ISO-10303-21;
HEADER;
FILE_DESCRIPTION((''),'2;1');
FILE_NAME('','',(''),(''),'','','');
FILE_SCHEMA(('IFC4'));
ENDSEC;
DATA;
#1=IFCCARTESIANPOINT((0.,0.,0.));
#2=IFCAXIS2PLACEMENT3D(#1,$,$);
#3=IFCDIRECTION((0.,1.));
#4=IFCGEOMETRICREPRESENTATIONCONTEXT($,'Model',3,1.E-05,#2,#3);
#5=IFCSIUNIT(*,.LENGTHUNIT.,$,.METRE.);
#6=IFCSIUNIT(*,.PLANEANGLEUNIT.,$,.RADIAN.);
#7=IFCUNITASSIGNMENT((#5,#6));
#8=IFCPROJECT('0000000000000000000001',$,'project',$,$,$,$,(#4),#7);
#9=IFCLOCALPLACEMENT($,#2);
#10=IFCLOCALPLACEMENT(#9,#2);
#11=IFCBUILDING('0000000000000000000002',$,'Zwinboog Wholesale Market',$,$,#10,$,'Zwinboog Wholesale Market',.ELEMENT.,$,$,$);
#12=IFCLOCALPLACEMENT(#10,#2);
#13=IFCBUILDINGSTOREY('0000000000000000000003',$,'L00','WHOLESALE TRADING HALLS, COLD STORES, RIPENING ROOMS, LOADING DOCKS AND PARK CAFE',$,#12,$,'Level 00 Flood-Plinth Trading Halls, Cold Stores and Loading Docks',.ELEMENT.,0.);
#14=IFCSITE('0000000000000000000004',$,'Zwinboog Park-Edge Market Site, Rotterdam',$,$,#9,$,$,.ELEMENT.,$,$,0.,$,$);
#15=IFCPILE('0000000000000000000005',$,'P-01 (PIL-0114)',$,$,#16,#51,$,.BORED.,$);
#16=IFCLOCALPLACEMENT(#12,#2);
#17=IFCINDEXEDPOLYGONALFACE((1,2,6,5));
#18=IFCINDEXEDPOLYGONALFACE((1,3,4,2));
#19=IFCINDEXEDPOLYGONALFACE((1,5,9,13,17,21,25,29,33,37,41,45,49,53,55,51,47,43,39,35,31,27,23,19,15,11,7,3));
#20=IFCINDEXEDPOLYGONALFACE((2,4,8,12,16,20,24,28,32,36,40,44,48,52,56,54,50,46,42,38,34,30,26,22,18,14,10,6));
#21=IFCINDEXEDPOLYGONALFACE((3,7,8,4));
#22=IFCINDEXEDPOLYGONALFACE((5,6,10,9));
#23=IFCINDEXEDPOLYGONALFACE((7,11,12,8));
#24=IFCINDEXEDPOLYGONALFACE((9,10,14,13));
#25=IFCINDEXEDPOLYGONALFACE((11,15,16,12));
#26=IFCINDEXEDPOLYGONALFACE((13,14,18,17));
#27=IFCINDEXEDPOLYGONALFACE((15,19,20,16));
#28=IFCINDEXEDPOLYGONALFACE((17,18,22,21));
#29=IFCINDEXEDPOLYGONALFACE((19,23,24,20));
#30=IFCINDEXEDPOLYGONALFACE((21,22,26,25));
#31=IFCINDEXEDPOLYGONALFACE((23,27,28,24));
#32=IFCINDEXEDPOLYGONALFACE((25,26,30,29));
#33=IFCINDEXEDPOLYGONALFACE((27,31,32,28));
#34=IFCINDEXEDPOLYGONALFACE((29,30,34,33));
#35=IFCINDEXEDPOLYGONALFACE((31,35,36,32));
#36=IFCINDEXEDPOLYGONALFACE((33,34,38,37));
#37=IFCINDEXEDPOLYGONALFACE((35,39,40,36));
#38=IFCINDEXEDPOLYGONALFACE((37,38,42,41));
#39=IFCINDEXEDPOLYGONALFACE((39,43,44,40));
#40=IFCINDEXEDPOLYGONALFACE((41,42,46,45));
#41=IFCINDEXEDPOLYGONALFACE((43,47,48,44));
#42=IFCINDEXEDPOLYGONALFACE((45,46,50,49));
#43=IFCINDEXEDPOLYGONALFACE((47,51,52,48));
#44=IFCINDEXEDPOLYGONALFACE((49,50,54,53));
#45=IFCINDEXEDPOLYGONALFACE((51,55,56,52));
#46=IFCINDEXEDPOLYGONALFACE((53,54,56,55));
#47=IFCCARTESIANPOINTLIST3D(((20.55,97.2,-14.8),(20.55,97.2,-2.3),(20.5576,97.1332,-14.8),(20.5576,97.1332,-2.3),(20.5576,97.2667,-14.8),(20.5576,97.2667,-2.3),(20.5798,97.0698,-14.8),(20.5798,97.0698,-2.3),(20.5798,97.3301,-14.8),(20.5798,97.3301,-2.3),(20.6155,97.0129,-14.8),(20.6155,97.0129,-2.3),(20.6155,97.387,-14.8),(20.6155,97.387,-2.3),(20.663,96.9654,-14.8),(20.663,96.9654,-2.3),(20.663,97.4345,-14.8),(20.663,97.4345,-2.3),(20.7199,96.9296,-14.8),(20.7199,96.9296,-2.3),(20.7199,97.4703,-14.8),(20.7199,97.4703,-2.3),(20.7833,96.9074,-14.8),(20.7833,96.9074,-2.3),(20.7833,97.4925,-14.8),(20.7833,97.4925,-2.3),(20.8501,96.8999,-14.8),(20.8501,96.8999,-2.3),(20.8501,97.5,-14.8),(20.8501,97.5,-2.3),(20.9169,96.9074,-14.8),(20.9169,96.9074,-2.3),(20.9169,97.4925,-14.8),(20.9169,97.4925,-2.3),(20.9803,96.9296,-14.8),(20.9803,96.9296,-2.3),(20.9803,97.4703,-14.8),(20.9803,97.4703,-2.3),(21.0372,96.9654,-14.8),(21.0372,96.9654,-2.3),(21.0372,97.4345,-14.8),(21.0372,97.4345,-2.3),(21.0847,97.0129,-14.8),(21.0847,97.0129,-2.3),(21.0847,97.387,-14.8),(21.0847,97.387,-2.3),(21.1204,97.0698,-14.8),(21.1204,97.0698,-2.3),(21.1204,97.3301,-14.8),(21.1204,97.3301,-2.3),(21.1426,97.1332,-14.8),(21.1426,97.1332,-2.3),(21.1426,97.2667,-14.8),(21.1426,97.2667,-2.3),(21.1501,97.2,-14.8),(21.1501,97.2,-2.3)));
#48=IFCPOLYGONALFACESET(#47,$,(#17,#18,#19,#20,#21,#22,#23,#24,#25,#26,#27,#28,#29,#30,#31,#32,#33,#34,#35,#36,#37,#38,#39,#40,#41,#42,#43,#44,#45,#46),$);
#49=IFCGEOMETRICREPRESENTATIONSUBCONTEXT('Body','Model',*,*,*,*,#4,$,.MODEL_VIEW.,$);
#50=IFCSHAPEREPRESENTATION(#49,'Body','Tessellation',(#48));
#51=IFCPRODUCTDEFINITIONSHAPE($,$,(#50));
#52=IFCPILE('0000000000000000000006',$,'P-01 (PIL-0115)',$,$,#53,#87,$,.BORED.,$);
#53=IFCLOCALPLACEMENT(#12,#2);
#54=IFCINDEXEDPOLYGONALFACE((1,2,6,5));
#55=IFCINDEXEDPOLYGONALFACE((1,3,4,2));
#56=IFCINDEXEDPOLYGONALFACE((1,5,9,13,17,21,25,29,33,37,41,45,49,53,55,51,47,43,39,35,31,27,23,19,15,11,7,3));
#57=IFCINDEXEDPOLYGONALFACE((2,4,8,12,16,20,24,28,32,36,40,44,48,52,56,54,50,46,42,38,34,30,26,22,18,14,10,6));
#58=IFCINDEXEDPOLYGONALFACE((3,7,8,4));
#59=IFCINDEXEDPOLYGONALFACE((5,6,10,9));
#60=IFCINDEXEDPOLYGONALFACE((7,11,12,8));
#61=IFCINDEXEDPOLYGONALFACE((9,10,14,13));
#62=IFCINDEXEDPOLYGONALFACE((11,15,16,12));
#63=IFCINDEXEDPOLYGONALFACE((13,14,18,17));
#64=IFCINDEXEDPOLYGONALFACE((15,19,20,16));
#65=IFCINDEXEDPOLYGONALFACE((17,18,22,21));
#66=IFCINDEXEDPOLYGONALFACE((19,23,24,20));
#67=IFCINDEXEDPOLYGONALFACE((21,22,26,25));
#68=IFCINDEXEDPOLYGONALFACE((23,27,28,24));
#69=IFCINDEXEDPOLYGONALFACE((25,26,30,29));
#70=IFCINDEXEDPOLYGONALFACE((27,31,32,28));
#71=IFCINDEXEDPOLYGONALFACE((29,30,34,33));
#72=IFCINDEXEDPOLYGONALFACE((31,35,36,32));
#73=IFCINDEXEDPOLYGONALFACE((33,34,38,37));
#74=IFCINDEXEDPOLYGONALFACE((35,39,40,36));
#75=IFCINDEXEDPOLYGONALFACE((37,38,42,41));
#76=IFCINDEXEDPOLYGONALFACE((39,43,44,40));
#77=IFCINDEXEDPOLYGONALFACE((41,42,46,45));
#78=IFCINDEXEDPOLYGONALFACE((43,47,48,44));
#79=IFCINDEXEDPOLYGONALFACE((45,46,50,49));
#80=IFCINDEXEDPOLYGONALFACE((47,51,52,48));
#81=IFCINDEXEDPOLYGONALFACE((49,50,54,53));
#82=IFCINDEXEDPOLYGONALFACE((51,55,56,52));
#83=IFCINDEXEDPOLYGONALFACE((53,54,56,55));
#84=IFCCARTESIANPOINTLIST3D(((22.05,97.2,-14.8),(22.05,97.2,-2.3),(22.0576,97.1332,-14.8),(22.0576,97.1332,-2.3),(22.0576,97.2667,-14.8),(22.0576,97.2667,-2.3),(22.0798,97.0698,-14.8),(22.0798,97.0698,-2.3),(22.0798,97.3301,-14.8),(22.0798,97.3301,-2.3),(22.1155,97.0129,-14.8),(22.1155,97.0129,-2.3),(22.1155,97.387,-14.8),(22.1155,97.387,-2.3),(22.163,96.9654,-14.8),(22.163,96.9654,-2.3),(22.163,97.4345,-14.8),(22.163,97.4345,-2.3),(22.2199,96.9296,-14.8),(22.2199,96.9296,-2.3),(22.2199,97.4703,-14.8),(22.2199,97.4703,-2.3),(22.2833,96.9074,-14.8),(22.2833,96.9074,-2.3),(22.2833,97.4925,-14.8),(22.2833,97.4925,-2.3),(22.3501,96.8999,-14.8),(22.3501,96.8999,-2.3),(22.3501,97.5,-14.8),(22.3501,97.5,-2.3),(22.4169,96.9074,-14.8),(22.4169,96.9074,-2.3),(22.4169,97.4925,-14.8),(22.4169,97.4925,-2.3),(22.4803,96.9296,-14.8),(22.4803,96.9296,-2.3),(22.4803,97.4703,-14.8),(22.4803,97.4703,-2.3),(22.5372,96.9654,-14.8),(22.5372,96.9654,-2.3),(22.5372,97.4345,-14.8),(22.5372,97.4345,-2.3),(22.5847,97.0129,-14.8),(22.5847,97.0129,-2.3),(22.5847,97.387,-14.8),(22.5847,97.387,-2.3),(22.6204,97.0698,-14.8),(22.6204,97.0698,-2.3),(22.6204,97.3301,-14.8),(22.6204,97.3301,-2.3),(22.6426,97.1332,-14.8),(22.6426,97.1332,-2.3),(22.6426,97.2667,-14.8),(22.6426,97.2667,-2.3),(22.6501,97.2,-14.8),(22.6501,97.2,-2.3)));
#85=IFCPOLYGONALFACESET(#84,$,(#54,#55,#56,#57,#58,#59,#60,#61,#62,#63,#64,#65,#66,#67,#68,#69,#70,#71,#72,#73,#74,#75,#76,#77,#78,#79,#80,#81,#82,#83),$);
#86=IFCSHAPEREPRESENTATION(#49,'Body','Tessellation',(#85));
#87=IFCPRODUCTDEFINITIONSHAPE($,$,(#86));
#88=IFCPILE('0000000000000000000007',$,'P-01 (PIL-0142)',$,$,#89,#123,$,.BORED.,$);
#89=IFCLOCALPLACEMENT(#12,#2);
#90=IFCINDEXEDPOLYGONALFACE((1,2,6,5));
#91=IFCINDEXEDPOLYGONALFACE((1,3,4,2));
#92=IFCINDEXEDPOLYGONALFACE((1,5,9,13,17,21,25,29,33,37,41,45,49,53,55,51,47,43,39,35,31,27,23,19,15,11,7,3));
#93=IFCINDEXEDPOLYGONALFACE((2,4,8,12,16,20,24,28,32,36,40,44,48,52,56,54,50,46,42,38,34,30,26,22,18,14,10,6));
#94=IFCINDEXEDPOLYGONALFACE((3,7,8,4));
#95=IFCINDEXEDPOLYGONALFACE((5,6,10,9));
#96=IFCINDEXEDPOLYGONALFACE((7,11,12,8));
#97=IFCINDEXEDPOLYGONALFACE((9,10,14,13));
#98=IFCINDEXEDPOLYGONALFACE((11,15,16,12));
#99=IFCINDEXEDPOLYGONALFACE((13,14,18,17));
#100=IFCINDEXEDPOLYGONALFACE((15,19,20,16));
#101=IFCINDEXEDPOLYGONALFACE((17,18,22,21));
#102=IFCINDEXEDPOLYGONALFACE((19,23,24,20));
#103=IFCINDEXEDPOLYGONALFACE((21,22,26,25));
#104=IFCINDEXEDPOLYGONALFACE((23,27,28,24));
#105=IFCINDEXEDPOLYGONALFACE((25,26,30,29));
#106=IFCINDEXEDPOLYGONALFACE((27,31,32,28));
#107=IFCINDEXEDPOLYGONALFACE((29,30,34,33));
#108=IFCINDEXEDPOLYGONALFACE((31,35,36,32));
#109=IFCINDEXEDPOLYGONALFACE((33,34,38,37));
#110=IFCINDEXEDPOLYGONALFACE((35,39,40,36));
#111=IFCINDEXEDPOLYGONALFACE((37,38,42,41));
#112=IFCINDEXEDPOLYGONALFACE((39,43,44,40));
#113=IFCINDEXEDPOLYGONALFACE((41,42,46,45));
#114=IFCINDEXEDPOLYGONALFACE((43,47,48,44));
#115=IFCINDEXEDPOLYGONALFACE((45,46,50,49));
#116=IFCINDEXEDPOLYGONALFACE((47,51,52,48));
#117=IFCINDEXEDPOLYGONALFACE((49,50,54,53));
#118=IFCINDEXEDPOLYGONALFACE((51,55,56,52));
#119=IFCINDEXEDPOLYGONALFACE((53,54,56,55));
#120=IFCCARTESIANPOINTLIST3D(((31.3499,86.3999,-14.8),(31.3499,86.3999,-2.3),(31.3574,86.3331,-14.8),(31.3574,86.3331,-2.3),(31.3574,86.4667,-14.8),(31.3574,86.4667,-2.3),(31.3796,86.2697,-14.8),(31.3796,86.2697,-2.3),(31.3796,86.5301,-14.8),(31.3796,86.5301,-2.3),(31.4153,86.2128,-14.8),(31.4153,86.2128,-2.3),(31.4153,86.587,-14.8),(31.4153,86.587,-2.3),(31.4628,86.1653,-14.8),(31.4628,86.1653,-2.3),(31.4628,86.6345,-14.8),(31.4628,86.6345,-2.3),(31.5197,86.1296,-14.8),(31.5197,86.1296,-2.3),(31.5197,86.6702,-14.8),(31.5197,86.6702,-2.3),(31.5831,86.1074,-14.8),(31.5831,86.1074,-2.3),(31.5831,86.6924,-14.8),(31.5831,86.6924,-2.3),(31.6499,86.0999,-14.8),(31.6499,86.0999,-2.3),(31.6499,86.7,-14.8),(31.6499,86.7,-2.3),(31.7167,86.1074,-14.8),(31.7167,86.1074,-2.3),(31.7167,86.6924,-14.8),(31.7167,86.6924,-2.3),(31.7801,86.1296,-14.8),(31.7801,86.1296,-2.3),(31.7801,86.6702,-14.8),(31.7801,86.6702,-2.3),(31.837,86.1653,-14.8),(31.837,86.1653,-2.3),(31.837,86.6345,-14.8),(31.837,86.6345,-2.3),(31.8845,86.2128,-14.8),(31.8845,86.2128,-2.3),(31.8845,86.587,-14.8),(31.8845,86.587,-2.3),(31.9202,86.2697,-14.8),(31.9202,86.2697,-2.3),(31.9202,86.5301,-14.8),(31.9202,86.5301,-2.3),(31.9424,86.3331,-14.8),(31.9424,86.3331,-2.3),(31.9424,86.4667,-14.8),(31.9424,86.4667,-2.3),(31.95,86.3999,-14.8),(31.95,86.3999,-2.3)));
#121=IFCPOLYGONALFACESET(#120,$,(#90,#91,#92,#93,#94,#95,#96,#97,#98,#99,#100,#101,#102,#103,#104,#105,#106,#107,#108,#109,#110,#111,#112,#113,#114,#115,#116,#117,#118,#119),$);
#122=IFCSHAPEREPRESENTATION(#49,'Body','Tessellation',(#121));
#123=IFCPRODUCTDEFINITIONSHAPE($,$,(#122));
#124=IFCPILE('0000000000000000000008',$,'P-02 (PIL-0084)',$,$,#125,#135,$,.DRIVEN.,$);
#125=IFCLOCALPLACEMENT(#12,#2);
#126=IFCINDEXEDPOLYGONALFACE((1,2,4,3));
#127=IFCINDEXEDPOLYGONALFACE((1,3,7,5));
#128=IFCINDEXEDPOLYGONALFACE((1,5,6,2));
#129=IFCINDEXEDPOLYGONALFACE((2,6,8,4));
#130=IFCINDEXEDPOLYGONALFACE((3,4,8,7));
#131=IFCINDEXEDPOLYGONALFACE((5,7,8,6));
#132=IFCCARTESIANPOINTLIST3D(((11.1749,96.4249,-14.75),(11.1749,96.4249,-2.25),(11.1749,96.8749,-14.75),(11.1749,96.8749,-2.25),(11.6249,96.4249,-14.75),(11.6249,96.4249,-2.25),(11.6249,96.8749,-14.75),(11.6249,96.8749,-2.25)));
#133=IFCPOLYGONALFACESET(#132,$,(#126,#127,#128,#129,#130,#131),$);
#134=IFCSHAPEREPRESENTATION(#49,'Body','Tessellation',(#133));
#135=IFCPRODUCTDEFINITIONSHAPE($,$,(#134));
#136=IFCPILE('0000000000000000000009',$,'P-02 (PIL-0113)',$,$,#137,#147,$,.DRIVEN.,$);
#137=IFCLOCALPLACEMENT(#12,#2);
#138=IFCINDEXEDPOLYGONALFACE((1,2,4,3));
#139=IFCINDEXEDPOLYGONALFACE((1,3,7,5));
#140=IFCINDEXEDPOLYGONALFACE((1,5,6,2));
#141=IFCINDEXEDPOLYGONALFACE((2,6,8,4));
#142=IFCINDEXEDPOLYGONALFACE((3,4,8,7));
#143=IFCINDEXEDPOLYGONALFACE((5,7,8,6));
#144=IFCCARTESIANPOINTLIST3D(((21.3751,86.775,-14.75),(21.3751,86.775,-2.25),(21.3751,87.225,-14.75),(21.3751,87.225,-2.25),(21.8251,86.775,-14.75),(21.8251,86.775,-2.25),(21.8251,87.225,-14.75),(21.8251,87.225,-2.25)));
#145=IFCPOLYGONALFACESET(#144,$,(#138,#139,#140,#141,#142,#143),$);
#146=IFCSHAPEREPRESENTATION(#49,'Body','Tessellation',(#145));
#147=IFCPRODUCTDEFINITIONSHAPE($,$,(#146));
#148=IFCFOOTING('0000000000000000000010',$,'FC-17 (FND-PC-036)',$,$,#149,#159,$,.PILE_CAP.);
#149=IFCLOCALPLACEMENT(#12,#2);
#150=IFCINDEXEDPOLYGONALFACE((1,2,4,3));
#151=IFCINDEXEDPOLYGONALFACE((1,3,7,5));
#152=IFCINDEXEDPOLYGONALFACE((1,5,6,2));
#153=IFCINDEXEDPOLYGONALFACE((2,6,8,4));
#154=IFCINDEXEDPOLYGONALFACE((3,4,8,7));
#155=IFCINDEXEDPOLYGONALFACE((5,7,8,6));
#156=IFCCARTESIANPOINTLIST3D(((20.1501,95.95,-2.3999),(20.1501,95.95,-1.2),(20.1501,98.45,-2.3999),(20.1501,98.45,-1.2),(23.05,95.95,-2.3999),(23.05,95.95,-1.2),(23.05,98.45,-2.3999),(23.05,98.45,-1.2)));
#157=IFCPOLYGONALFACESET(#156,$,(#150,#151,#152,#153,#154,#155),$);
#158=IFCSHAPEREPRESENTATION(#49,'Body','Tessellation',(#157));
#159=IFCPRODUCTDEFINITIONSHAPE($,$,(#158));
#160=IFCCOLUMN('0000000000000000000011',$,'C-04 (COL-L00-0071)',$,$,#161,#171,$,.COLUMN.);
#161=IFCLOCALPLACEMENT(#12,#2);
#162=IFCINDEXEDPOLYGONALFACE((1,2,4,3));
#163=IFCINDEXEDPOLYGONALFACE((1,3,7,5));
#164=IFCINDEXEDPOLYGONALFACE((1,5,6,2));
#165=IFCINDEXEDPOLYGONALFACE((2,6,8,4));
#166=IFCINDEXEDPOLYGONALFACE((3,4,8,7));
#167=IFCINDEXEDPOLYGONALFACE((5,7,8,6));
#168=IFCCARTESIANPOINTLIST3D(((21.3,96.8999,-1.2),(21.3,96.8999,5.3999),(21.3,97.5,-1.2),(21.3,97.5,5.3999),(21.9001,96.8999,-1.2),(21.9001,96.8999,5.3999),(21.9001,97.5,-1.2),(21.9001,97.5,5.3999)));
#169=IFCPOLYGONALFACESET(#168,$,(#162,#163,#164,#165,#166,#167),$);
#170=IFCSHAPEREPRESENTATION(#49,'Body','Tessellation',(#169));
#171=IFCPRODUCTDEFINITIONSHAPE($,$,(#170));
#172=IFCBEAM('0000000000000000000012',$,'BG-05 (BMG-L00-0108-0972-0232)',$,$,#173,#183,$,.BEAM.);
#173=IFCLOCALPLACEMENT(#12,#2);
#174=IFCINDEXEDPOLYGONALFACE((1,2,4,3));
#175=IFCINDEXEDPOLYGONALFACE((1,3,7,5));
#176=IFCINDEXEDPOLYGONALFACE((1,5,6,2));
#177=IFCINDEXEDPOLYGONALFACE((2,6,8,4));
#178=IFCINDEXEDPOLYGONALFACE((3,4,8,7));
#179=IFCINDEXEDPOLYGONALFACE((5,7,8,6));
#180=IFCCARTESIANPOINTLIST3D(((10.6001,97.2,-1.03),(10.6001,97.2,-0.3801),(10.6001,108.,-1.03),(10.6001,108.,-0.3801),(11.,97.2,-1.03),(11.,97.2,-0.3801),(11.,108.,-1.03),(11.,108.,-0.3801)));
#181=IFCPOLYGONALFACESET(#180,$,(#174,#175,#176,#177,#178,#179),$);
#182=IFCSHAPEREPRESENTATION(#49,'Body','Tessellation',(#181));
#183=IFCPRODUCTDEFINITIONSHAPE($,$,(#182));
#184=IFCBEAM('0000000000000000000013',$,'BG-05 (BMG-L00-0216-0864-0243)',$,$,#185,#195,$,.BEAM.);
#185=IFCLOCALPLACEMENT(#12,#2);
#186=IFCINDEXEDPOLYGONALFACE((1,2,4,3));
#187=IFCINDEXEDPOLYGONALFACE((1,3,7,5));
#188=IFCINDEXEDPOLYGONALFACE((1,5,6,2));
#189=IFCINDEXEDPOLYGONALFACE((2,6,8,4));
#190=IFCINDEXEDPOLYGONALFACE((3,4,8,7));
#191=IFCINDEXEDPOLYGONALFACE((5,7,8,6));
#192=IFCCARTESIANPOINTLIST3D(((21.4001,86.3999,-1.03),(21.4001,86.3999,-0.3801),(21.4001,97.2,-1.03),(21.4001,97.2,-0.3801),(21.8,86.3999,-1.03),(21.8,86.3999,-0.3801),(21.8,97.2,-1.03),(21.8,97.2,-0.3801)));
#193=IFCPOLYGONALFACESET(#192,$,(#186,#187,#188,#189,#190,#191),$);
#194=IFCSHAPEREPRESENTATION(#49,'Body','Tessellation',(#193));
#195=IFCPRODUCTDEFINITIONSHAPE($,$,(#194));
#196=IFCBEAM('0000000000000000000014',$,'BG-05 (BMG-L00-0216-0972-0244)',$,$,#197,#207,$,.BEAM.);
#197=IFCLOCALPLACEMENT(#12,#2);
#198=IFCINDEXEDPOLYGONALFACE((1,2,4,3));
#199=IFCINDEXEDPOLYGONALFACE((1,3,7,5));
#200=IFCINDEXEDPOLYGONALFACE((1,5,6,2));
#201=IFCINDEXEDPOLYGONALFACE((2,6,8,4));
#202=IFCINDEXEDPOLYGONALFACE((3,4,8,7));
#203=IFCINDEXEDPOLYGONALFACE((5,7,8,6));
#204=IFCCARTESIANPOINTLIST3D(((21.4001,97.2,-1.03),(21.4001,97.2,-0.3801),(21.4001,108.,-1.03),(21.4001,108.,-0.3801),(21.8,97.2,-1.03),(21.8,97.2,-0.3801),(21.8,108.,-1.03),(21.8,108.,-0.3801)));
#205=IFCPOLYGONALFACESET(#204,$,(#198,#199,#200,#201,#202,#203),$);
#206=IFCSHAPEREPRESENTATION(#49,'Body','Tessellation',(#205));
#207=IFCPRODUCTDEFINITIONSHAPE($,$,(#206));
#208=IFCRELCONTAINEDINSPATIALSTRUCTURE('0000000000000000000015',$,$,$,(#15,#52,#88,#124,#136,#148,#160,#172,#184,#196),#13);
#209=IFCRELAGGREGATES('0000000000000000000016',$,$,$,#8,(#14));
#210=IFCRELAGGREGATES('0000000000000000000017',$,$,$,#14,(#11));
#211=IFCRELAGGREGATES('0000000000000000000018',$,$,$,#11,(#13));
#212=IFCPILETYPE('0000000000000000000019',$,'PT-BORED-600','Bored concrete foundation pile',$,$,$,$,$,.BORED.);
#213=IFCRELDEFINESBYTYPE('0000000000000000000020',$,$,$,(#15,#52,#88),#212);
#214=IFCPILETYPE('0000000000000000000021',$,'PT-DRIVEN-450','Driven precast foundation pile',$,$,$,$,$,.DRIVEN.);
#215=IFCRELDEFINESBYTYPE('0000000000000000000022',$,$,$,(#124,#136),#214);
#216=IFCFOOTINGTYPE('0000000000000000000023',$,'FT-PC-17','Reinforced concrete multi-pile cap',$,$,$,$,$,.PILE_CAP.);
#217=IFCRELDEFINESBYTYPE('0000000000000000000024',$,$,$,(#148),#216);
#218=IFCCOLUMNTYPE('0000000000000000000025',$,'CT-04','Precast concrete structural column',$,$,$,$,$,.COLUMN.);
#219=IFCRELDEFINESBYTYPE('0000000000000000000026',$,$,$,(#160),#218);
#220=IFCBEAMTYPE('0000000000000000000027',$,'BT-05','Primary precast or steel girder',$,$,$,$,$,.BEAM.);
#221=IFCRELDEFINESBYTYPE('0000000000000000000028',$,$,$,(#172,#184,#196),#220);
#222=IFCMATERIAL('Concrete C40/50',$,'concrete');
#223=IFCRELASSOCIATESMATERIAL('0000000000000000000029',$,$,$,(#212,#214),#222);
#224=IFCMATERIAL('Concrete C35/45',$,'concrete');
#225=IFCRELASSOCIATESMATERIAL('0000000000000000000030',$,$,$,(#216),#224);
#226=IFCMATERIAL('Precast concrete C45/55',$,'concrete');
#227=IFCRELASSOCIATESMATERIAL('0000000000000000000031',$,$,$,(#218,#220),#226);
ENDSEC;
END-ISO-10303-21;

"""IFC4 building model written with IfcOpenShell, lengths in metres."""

from ifc_helpers import new_model, si_unit, direction, frame, origin, origin_2d, place, context, subcontext, project, spatial, rectangle, circle, extrude, material, material_profile, profile_set, type_object, element, save


model = new_model("IFC4")

# Units and contexts
model_context = context("Model", 3, precision=1e-05, world=origin(), true_north=direction((0.0, 1.0)))
body_context = subcontext(model_context, "Body", "Model", "MODEL_VIEW")
ifc_project = project(units=[si_unit("LENGTHUNIT", "METRE"), si_unit("PLANEANGLEUNIT", "RADIAN")], contexts=[model_context])

# Site, building, storey
site_placement = place(None, origin())
site = spatial("IfcSite", under=ifc_project, at=site_placement, Name="Zwinboog Park-Edge Market Site, Rotterdam", CompositionType="ELEMENT", RefElevation=0.0)
building_placement = place(site_placement, origin())
building = spatial("IfcBuilding", under=site, at=building_placement, Name="Zwinboog Wholesale Market", LongName="Zwinboog Wholesale Market", CompositionType="ELEMENT")
storey_placement = place(building_placement, origin())
storey = spatial("IfcBuildingStorey", under=building, at=storey_placement, Name="L00", Description="WHOLESALE TRADING HALLS, COLD STORES, RIPENING ROOMS, LOADING DOCKS AND PARK CAFE", LongName="Level 00 Flood-Plinth Trading Halls, Cold Stores and Loading Docks", CompositionType="ELEMENT", Elevation=0.0)

# Piles
ifc_material_1 = material(Name="Concrete C40/50", Category="concrete")
ifc_material_profile_1 = material_profile(ifc_material_1, circle(Radius=0.3, at=origin_2d()), Name="PILE D600")
ifc_profile_set_1 = profile_set([ifc_material_profile_1], Name="Concrete C40/50")
pile_type_1 = type_object("IfcPileType", Name="PT-BORED-600", Description="Bored concrete foundation pile", PredefinedType="BORED", material=ifc_profile_set_1)
for number, where, z_axis, x_axis, name in (
    (1, (20.8501, 97.2, -2.3), (0.0, 0.0, -1.0), (1.0, 0.0, 0.0), "P-01 (PIL-0114)"),
    (2, (22.3501, 97.2, -2.3), (0.0, 0.0, -1.0), (1.0, 0.0, 0.0), "P-01 (PIL-0115)"),
    (3, (31.6499, 86.3999, -2.3), (0.0, 0.0, -1.0), (1.0, 0.0, 0.0), "P-01 (PIL-0142)"),
):
    element("IfcPile", number, at=place(storey_placement, frame(where, z_axis=z_axis, x_axis=x_axis)), inside=storey, type_object=pile_type_1, Name=name, PredefinedType="BORED", context=body_context, shape_type="SweptSolid", body=[
        extrude(circle(Radius=0.3, at=origin_2d()), origin(), (0.0, 0.0, 1.0), 12.5),
    ])
ifc_material_profile_2 = material_profile(ifc_material_1, rectangle(XDim=0.45, YDim=0.45, at=origin_2d()), Name="PILE SQ450")
ifc_profile_set_2 = profile_set([ifc_material_profile_2], Name="Concrete C40/50")
pile_type_2 = type_object("IfcPileType", Name="PT-DRIVEN-450", Description="Driven precast foundation pile", PredefinedType="DRIVEN", material=ifc_profile_set_2)
for number, where, z_axis, x_axis, name in (
    (4, (11.3999, 96.6499, -2.25), (0.0, 0.0, -1.0), (1.0, 0.0, 0.0), "P-02 (PIL-0084)"),
    (5, (21.6001, 87.0, -2.25), (0.0, 0.0, -1.0), (1.0, 0.0, 0.0), "P-02 (PIL-0113)"),
):
    element("IfcPile", number, at=place(storey_placement, frame(where, z_axis=z_axis, x_axis=x_axis)), inside=storey, type_object=pile_type_2, Name=name, PredefinedType="DRIVEN", context=body_context, shape_type="SweptSolid", body=[
        extrude(rectangle(XDim=0.45, YDim=0.45, at=origin_2d()), origin(), (0.0, 0.0, 1.0), 12.5),
    ])

# Footing
ifc_material_2 = material(Name="Concrete C35/45", Category="concrete")
footing_type = type_object("IfcFootingType", Name="FT-PC-17", Description="Reinforced concrete multi-pile cap", PredefinedType="PILE_CAP", material=ifc_material_2)
footing_placement = place(storey_placement, frame((21.6001, 97.2, -2.3999), z_axis=(0.0, 0.0, 1.0), x_axis=(1.0, 0.0, 0.0)))
element("IfcFooting", 6, at=footing_placement, inside=storey, type_object=footing_type, Name="FC-17 (FND-PC-036)", PredefinedType="PILE_CAP", context=body_context, shape_type="SweptSolid", body=[
    extrude(rectangle(XDim=2.8999, YDim=2.5, at=origin_2d()), origin(), (0.0, 0.0, 1.0), 1.2),
])

# Column
ifc_material_3 = material(Name="Precast concrete C45/55", Category="concrete")
ifc_material_profile_3 = material_profile(ifc_material_3, rectangle(XDim=0.6001, YDim=0.6001, at=origin_2d()), Name="PC 600x600")
ifc_profile_set_3 = profile_set([ifc_material_profile_3], Name="Precast concrete C45/55")
column_type = type_object("IfcColumnType", Name="CT-04", Description="Precast concrete structural column", PredefinedType="COLUMN", material=ifc_profile_set_3)
column_placement = place(storey_placement, frame((21.6001, 97.2, -1.2), z_axis=(0.0, 0.0, 1.0), x_axis=(1.0, 0.0, 0.0)))
element("IfcColumn", 7, at=column_placement, inside=storey, type_object=column_type, Name="C-04 (COL-L00-0071)", PredefinedType="COLUMN", context=body_context, shape_type="SweptSolid", body=[
    extrude(rectangle(XDim=0.6001, YDim=0.6001, at=origin_2d()), origin(), (0.0, 0.0, 1.0), 6.5999),
])

# Beams
ifc_material_profile_4 = material_profile(ifc_material_3, rectangle(XDim=0.3999, YDim=0.6499, at=origin_2d()), Name="PC 400x650")
ifc_profile_set_4 = profile_set([ifc_material_profile_4], Name="Precast concrete C45/55")
beam_type_1 = type_object("IfcBeamType", Name="BT-05", Description="Primary precast or steel girder", PredefinedType="BEAM", material=ifc_profile_set_4)
for number, where, z_axis, x_axis, name in (
    (8, (10.8, 97.2, -0.7051), (0.0, 1.0, 0.0), (-1.0, 0.0, 0.0), "BG-05 (BMG-L00-0108-0972-0232)"),
    (9, (21.6001, 86.3999, -0.7051), (0.0, 1.0, 0.0), (-1.0, 0.0, 0.0), "BG-05 (BMG-L00-0216-0864-0243)"),
    (10, (21.6001, 97.2, -0.7051), (0.0, 1.0, 0.0), (-1.0, 0.0, 0.0), "BG-05 (BMG-L00-0216-0972-0244)"),
):
    element("IfcBeam", number, at=place(storey_placement, frame(where, z_axis=z_axis, x_axis=x_axis)), inside=storey, type_object=beam_type_1, Name=name, PredefinedType="BEAM", context=body_context, shape_type="SweptSolid", body=[
        extrude(rectangle(XDim=0.3999, YDim=0.6499, at=origin_2d()), origin(), (0.0, 0.0, 1.0), 10.8),
    ])

save(model, "model.ifc")
